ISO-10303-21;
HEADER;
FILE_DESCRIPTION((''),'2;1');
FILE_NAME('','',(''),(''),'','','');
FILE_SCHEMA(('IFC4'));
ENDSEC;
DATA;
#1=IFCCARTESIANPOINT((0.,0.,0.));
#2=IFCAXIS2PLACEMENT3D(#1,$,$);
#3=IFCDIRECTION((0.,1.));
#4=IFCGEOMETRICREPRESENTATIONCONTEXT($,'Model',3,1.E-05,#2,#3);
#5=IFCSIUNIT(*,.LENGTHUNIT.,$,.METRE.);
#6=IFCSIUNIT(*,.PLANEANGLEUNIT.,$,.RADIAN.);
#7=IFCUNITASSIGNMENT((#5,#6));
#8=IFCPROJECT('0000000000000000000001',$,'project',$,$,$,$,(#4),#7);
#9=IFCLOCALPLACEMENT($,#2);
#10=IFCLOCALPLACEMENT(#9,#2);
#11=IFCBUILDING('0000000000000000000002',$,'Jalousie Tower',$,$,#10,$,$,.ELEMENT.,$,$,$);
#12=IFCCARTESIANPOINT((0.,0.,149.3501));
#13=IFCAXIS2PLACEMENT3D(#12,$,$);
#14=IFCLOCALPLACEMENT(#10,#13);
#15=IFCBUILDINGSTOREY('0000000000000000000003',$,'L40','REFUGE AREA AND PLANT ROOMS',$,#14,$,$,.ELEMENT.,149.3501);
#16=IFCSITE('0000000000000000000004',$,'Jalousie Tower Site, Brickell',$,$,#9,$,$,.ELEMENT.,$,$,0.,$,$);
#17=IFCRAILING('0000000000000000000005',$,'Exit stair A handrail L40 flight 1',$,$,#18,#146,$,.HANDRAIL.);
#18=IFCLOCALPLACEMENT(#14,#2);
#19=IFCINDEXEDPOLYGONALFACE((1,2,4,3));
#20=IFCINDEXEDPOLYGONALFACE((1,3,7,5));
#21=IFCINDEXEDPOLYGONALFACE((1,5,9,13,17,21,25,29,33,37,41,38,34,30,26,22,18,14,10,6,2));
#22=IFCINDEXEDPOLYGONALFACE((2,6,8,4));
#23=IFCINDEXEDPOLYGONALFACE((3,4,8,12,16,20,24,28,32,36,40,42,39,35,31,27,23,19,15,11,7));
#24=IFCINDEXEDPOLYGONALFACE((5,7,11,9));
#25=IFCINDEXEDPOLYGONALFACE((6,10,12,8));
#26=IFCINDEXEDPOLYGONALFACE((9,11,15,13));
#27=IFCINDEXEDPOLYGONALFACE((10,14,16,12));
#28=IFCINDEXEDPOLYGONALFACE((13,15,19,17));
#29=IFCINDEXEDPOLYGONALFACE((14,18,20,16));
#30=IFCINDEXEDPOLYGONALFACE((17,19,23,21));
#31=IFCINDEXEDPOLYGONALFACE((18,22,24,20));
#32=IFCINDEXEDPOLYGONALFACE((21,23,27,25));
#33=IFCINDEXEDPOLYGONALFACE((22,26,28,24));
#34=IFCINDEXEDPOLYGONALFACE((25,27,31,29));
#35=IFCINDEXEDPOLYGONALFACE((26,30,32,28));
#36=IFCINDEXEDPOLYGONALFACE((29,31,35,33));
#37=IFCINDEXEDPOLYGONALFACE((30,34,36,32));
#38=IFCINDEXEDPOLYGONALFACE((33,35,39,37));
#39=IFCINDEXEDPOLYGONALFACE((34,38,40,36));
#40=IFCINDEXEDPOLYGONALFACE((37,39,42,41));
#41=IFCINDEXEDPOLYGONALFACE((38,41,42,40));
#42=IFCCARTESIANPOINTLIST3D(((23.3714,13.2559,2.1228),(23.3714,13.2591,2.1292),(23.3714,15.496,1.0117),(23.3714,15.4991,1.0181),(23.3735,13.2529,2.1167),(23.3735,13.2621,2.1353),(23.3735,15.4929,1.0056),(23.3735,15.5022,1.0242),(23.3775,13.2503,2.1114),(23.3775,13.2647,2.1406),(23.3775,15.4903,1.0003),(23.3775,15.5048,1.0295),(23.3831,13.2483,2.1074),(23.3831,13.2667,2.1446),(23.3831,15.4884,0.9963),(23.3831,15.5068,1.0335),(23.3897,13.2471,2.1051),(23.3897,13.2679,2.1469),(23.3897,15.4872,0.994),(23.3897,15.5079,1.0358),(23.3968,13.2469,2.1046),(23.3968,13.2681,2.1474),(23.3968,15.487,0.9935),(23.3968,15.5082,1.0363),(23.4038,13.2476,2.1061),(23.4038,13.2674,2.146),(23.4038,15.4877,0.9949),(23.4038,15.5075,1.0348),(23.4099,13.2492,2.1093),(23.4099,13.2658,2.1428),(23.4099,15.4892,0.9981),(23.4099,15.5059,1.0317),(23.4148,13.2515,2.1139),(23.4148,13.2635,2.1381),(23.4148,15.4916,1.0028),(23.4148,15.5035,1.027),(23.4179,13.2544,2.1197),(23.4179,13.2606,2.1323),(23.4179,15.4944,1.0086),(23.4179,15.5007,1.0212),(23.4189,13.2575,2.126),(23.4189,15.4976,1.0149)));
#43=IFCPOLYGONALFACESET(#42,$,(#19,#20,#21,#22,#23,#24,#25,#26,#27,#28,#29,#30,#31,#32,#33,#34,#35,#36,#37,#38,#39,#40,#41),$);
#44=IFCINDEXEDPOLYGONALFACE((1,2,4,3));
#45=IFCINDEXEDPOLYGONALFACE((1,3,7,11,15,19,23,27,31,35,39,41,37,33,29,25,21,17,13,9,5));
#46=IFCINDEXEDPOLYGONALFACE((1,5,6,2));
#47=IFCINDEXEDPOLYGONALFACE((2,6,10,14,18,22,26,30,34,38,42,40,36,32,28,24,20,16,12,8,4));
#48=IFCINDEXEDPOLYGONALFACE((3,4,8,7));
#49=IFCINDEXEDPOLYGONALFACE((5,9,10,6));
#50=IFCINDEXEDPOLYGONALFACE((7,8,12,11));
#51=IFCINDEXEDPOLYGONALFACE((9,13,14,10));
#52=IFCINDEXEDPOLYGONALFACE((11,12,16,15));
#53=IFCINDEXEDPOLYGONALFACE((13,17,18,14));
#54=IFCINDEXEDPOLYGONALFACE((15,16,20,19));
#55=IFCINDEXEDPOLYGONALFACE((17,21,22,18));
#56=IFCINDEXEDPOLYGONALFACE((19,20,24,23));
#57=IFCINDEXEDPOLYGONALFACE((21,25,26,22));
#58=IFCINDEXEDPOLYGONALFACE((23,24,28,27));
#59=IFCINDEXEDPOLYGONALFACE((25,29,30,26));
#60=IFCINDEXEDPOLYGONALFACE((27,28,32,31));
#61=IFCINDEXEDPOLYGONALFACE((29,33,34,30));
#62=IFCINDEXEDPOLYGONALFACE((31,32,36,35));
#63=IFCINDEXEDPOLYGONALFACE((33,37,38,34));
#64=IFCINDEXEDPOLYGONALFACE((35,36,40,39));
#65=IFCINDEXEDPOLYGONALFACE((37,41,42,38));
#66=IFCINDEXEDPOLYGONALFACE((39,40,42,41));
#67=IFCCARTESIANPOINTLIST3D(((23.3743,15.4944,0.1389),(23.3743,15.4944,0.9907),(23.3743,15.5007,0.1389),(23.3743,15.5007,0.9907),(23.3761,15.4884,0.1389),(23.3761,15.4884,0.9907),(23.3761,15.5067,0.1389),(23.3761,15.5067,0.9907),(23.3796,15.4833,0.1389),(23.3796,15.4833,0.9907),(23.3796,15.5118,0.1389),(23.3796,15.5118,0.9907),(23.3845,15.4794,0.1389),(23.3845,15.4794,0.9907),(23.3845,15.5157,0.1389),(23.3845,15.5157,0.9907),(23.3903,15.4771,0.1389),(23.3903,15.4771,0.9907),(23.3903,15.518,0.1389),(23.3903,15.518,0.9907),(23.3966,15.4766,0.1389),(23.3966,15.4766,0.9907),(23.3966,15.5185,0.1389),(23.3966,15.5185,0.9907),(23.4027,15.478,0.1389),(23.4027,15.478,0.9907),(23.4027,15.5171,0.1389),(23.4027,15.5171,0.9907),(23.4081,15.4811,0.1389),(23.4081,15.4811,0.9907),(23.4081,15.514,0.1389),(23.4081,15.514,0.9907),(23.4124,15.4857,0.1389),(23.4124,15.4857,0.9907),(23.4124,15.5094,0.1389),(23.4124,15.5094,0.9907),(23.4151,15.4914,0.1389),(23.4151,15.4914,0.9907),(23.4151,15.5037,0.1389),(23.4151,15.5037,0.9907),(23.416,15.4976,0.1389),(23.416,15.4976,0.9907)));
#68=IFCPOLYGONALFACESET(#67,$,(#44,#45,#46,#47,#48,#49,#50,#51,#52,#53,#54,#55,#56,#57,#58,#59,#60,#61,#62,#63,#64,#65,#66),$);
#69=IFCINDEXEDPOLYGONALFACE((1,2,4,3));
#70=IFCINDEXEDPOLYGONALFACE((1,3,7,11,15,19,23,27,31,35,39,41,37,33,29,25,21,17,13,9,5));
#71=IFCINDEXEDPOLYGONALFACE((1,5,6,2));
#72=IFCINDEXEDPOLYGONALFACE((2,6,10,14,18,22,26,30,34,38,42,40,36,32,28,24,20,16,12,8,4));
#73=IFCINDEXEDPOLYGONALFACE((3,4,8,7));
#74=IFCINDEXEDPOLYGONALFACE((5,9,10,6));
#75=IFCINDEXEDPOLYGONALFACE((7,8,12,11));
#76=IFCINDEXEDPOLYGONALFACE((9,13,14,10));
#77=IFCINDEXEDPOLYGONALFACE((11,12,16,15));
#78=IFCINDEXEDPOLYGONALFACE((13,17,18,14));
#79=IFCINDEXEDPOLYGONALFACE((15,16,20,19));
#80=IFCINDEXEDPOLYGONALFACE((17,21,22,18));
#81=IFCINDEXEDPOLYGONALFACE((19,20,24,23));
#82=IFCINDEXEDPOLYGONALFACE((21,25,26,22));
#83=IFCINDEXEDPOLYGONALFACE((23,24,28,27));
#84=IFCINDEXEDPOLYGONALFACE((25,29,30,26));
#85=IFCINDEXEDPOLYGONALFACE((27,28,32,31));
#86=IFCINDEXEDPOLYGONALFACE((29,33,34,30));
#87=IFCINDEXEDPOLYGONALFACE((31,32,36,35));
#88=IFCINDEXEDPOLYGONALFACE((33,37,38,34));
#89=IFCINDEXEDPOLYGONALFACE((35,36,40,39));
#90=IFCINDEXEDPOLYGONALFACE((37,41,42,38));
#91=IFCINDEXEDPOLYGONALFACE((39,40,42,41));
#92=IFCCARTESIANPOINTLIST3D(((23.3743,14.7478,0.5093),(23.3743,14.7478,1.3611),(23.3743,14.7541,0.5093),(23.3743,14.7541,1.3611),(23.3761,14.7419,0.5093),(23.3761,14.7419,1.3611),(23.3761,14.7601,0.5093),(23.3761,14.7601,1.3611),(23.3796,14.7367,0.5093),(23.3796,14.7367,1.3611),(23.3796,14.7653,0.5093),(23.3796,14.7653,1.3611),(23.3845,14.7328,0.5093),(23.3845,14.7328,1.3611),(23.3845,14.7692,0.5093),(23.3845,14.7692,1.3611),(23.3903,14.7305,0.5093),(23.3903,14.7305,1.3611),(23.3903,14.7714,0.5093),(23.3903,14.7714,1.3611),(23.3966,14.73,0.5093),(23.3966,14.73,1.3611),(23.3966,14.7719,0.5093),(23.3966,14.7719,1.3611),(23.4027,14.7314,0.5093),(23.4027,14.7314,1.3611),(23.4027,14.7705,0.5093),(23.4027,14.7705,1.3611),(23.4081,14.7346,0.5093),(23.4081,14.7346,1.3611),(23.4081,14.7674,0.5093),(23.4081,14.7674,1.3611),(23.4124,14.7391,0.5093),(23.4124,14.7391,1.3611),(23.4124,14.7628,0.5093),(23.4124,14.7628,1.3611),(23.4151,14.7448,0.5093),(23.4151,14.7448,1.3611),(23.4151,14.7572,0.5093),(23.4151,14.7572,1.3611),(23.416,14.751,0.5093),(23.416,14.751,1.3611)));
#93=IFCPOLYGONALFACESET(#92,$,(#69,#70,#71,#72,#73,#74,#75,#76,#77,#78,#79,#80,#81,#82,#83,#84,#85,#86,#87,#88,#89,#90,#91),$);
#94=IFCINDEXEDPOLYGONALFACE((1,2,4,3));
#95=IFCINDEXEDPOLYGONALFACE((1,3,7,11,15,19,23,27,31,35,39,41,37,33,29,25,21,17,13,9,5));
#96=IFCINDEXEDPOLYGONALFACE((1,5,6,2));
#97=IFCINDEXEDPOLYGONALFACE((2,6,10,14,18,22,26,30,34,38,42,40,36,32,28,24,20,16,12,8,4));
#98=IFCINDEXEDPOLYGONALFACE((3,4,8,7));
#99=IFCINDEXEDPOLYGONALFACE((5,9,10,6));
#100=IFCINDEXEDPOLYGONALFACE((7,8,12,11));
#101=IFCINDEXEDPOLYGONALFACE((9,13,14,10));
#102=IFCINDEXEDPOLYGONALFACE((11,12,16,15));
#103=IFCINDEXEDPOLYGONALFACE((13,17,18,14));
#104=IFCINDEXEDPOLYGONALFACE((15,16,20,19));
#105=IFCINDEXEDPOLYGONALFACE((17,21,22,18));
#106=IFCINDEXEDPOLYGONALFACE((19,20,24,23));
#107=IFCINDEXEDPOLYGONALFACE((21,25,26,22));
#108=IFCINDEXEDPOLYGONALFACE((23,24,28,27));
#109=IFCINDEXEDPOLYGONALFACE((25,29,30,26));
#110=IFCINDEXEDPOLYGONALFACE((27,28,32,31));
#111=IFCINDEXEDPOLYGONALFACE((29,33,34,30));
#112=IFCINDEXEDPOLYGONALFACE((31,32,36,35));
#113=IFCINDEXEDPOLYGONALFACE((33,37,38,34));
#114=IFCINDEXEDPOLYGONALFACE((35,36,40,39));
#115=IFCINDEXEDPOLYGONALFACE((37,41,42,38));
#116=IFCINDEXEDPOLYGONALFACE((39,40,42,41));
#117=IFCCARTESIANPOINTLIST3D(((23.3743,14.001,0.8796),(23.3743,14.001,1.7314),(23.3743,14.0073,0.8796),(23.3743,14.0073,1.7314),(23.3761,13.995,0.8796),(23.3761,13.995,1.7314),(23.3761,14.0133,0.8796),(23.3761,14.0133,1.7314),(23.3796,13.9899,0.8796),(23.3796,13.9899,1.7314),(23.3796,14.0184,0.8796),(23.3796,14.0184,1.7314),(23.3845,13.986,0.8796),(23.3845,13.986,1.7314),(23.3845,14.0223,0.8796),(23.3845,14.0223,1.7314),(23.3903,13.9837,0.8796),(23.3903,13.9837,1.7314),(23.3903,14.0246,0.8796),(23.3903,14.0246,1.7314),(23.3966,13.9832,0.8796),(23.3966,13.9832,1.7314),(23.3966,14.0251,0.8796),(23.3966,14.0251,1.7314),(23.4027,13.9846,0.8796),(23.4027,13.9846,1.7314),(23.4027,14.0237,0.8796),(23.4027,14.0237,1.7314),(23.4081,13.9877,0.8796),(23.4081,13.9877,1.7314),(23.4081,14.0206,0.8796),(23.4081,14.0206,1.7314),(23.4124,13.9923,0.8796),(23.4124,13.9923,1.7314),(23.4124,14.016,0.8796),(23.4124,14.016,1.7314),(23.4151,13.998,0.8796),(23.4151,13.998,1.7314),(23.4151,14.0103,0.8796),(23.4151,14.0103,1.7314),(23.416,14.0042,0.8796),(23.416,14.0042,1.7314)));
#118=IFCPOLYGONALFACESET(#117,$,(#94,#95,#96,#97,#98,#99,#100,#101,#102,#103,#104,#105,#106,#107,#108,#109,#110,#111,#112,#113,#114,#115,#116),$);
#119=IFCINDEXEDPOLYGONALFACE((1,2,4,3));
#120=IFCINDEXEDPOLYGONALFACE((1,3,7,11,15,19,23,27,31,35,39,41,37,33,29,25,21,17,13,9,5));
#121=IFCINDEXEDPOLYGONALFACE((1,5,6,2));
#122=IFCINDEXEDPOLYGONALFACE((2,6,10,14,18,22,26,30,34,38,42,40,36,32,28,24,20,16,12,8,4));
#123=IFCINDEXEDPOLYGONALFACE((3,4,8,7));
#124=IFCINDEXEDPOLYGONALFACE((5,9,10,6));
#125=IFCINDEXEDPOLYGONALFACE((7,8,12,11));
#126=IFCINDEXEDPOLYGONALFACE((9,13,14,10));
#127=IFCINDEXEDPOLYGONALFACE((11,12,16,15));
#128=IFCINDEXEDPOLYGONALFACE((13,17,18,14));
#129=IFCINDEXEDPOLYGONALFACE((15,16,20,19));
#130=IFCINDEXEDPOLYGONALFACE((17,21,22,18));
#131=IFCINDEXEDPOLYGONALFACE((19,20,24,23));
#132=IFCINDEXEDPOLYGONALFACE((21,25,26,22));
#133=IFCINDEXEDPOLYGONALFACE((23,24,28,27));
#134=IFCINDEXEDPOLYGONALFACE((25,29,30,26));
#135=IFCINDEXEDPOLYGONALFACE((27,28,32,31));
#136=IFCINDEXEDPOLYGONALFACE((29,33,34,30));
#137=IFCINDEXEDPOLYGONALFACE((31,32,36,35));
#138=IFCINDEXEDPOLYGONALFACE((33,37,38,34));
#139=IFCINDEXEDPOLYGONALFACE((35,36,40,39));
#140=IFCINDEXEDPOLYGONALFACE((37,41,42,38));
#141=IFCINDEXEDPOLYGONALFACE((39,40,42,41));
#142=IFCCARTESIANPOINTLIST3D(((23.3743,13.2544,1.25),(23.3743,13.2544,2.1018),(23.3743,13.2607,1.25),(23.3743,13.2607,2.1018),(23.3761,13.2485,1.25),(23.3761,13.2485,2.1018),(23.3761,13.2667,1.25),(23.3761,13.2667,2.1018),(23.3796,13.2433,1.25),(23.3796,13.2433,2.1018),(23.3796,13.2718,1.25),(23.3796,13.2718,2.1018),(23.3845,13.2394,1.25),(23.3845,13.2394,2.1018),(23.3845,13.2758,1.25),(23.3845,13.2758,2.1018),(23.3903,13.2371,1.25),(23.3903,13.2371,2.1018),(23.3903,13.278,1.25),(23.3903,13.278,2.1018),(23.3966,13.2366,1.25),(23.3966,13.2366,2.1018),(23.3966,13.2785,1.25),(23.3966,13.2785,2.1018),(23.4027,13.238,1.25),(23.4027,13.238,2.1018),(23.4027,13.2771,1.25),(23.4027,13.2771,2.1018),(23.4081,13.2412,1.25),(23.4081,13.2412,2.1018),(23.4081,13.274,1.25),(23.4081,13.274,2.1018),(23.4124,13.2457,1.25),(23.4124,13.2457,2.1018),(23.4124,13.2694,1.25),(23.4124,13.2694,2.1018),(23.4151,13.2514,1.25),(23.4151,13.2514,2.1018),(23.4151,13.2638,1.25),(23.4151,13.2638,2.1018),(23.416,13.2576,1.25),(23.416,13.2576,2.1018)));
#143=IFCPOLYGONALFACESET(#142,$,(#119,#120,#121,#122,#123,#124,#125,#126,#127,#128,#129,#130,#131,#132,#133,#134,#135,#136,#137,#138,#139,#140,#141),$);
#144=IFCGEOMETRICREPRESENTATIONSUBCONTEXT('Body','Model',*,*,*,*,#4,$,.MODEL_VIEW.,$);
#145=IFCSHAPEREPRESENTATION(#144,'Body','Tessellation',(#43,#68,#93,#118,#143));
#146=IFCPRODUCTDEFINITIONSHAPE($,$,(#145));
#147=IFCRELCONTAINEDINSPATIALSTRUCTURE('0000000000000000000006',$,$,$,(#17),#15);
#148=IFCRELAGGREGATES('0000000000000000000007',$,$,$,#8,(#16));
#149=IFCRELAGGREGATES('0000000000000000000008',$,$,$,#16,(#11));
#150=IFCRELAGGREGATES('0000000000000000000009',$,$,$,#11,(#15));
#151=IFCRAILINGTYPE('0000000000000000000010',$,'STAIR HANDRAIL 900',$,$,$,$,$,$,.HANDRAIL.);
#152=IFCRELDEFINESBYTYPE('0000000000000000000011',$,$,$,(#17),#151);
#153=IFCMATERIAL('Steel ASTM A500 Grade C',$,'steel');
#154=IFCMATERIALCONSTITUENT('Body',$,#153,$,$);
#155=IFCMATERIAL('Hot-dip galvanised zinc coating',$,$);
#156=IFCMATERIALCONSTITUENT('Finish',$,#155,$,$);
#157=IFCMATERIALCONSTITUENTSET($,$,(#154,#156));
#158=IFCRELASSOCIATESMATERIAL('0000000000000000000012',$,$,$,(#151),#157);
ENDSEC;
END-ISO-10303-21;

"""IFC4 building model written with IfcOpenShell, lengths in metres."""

from ifc_helpers import new_model, si_unit, direction, frame, origin, origin_2d, place, context, subcontext, project, spatial, circle, extrude, material, constituent, constituent_set, type_object, element, save


model = new_model("IFC4")

# Units and contexts
model_context = context("Model", 3, precision=1e-05, world=origin(), true_north=direction((0.0, 1.0)))
body_context = subcontext(model_context, "Body", "Model", "MODEL_VIEW")
ifc_project = project(units=[si_unit("LENGTHUNIT", "METRE"), si_unit("PLANEANGLEUNIT", "RADIAN")], contexts=[model_context])

# Site, building, storey
site_placement = place(None, origin())
site = spatial("IfcSite", under=ifc_project, at=site_placement, Name="Jalousie Tower Site, Brickell", CompositionType="ELEMENT", RefElevation=0.0)
building_placement = place(site_placement, origin())
building = spatial("IfcBuilding", under=site, at=building_placement, Name="Jalousie Tower", CompositionType="ELEMENT")
storey_placement = place(building_placement, frame((0.0, 0.0, 149.3501)))
storey = spatial("IfcBuildingStorey", under=building, at=storey_placement, Name="L40", Description="REFUGE AREA AND PLANT ROOMS", CompositionType="ELEMENT", Elevation=149.3501)

# Railing
ifc_material_1 = material(Name="Steel ASTM A500 Grade C", Category="steel")
ifc_constituent_1 = constituent(ifc_material_1, Name="Body")
ifc_material_2 = material(Name="Hot-dip galvanised zinc coating")
ifc_constituent_2 = constituent(ifc_material_2, Name="Finish")
ifc_constituent_set_1 = constituent_set(constituents=[ifc_constituent_1, ifc_constituent_2])
railing_type_1 = type_object("IfcRailingType", Name="STAIR HANDRAIL 900", PredefinedType="HANDRAIL", material=ifc_constituent_set_1)
railing_1_placement = place(storey_placement, frame((23.395, 15.4976, 0.1389)))
element("IfcRailing", 1, at=railing_1_placement, inside=storey, type_object=railing_type_1, Name="Exit stair A handrail L40 flight 1", PredefinedType="HANDRAIL", context=body_context, shape_type="SweptSolid", body=[
    extrude(circle(Radius=0.0239, at=origin_2d()), frame((0.0, 0.0, 0.876), z_axis=(0.0, -0.895848, 0.44436), x_axis=(1.0, 0.0, 0.0)), (0.0, 0.0, 1.0), 2.5005),
    extrude(circle(Radius=0.021, at=origin_2d()), origin(), (0.0, 0.0, 1.0), 0.8518),
    extrude(circle(Radius=0.021, at=origin_2d()), frame((0.0, -0.7466, 0.3704)), (0.0, 0.0, 1.0), 0.8518),
    extrude(circle(Radius=0.021, at=origin_2d()), frame((0.0, -1.4934, 0.7407)), (0.0, 0.0, 1.0), 0.8518),
    extrude(circle(Radius=0.021, at=origin_2d()), frame((0.0, -2.24, 1.1111)), (0.0, 0.0, 1.0), 0.8518),
])

save(model, "model.ifc")
